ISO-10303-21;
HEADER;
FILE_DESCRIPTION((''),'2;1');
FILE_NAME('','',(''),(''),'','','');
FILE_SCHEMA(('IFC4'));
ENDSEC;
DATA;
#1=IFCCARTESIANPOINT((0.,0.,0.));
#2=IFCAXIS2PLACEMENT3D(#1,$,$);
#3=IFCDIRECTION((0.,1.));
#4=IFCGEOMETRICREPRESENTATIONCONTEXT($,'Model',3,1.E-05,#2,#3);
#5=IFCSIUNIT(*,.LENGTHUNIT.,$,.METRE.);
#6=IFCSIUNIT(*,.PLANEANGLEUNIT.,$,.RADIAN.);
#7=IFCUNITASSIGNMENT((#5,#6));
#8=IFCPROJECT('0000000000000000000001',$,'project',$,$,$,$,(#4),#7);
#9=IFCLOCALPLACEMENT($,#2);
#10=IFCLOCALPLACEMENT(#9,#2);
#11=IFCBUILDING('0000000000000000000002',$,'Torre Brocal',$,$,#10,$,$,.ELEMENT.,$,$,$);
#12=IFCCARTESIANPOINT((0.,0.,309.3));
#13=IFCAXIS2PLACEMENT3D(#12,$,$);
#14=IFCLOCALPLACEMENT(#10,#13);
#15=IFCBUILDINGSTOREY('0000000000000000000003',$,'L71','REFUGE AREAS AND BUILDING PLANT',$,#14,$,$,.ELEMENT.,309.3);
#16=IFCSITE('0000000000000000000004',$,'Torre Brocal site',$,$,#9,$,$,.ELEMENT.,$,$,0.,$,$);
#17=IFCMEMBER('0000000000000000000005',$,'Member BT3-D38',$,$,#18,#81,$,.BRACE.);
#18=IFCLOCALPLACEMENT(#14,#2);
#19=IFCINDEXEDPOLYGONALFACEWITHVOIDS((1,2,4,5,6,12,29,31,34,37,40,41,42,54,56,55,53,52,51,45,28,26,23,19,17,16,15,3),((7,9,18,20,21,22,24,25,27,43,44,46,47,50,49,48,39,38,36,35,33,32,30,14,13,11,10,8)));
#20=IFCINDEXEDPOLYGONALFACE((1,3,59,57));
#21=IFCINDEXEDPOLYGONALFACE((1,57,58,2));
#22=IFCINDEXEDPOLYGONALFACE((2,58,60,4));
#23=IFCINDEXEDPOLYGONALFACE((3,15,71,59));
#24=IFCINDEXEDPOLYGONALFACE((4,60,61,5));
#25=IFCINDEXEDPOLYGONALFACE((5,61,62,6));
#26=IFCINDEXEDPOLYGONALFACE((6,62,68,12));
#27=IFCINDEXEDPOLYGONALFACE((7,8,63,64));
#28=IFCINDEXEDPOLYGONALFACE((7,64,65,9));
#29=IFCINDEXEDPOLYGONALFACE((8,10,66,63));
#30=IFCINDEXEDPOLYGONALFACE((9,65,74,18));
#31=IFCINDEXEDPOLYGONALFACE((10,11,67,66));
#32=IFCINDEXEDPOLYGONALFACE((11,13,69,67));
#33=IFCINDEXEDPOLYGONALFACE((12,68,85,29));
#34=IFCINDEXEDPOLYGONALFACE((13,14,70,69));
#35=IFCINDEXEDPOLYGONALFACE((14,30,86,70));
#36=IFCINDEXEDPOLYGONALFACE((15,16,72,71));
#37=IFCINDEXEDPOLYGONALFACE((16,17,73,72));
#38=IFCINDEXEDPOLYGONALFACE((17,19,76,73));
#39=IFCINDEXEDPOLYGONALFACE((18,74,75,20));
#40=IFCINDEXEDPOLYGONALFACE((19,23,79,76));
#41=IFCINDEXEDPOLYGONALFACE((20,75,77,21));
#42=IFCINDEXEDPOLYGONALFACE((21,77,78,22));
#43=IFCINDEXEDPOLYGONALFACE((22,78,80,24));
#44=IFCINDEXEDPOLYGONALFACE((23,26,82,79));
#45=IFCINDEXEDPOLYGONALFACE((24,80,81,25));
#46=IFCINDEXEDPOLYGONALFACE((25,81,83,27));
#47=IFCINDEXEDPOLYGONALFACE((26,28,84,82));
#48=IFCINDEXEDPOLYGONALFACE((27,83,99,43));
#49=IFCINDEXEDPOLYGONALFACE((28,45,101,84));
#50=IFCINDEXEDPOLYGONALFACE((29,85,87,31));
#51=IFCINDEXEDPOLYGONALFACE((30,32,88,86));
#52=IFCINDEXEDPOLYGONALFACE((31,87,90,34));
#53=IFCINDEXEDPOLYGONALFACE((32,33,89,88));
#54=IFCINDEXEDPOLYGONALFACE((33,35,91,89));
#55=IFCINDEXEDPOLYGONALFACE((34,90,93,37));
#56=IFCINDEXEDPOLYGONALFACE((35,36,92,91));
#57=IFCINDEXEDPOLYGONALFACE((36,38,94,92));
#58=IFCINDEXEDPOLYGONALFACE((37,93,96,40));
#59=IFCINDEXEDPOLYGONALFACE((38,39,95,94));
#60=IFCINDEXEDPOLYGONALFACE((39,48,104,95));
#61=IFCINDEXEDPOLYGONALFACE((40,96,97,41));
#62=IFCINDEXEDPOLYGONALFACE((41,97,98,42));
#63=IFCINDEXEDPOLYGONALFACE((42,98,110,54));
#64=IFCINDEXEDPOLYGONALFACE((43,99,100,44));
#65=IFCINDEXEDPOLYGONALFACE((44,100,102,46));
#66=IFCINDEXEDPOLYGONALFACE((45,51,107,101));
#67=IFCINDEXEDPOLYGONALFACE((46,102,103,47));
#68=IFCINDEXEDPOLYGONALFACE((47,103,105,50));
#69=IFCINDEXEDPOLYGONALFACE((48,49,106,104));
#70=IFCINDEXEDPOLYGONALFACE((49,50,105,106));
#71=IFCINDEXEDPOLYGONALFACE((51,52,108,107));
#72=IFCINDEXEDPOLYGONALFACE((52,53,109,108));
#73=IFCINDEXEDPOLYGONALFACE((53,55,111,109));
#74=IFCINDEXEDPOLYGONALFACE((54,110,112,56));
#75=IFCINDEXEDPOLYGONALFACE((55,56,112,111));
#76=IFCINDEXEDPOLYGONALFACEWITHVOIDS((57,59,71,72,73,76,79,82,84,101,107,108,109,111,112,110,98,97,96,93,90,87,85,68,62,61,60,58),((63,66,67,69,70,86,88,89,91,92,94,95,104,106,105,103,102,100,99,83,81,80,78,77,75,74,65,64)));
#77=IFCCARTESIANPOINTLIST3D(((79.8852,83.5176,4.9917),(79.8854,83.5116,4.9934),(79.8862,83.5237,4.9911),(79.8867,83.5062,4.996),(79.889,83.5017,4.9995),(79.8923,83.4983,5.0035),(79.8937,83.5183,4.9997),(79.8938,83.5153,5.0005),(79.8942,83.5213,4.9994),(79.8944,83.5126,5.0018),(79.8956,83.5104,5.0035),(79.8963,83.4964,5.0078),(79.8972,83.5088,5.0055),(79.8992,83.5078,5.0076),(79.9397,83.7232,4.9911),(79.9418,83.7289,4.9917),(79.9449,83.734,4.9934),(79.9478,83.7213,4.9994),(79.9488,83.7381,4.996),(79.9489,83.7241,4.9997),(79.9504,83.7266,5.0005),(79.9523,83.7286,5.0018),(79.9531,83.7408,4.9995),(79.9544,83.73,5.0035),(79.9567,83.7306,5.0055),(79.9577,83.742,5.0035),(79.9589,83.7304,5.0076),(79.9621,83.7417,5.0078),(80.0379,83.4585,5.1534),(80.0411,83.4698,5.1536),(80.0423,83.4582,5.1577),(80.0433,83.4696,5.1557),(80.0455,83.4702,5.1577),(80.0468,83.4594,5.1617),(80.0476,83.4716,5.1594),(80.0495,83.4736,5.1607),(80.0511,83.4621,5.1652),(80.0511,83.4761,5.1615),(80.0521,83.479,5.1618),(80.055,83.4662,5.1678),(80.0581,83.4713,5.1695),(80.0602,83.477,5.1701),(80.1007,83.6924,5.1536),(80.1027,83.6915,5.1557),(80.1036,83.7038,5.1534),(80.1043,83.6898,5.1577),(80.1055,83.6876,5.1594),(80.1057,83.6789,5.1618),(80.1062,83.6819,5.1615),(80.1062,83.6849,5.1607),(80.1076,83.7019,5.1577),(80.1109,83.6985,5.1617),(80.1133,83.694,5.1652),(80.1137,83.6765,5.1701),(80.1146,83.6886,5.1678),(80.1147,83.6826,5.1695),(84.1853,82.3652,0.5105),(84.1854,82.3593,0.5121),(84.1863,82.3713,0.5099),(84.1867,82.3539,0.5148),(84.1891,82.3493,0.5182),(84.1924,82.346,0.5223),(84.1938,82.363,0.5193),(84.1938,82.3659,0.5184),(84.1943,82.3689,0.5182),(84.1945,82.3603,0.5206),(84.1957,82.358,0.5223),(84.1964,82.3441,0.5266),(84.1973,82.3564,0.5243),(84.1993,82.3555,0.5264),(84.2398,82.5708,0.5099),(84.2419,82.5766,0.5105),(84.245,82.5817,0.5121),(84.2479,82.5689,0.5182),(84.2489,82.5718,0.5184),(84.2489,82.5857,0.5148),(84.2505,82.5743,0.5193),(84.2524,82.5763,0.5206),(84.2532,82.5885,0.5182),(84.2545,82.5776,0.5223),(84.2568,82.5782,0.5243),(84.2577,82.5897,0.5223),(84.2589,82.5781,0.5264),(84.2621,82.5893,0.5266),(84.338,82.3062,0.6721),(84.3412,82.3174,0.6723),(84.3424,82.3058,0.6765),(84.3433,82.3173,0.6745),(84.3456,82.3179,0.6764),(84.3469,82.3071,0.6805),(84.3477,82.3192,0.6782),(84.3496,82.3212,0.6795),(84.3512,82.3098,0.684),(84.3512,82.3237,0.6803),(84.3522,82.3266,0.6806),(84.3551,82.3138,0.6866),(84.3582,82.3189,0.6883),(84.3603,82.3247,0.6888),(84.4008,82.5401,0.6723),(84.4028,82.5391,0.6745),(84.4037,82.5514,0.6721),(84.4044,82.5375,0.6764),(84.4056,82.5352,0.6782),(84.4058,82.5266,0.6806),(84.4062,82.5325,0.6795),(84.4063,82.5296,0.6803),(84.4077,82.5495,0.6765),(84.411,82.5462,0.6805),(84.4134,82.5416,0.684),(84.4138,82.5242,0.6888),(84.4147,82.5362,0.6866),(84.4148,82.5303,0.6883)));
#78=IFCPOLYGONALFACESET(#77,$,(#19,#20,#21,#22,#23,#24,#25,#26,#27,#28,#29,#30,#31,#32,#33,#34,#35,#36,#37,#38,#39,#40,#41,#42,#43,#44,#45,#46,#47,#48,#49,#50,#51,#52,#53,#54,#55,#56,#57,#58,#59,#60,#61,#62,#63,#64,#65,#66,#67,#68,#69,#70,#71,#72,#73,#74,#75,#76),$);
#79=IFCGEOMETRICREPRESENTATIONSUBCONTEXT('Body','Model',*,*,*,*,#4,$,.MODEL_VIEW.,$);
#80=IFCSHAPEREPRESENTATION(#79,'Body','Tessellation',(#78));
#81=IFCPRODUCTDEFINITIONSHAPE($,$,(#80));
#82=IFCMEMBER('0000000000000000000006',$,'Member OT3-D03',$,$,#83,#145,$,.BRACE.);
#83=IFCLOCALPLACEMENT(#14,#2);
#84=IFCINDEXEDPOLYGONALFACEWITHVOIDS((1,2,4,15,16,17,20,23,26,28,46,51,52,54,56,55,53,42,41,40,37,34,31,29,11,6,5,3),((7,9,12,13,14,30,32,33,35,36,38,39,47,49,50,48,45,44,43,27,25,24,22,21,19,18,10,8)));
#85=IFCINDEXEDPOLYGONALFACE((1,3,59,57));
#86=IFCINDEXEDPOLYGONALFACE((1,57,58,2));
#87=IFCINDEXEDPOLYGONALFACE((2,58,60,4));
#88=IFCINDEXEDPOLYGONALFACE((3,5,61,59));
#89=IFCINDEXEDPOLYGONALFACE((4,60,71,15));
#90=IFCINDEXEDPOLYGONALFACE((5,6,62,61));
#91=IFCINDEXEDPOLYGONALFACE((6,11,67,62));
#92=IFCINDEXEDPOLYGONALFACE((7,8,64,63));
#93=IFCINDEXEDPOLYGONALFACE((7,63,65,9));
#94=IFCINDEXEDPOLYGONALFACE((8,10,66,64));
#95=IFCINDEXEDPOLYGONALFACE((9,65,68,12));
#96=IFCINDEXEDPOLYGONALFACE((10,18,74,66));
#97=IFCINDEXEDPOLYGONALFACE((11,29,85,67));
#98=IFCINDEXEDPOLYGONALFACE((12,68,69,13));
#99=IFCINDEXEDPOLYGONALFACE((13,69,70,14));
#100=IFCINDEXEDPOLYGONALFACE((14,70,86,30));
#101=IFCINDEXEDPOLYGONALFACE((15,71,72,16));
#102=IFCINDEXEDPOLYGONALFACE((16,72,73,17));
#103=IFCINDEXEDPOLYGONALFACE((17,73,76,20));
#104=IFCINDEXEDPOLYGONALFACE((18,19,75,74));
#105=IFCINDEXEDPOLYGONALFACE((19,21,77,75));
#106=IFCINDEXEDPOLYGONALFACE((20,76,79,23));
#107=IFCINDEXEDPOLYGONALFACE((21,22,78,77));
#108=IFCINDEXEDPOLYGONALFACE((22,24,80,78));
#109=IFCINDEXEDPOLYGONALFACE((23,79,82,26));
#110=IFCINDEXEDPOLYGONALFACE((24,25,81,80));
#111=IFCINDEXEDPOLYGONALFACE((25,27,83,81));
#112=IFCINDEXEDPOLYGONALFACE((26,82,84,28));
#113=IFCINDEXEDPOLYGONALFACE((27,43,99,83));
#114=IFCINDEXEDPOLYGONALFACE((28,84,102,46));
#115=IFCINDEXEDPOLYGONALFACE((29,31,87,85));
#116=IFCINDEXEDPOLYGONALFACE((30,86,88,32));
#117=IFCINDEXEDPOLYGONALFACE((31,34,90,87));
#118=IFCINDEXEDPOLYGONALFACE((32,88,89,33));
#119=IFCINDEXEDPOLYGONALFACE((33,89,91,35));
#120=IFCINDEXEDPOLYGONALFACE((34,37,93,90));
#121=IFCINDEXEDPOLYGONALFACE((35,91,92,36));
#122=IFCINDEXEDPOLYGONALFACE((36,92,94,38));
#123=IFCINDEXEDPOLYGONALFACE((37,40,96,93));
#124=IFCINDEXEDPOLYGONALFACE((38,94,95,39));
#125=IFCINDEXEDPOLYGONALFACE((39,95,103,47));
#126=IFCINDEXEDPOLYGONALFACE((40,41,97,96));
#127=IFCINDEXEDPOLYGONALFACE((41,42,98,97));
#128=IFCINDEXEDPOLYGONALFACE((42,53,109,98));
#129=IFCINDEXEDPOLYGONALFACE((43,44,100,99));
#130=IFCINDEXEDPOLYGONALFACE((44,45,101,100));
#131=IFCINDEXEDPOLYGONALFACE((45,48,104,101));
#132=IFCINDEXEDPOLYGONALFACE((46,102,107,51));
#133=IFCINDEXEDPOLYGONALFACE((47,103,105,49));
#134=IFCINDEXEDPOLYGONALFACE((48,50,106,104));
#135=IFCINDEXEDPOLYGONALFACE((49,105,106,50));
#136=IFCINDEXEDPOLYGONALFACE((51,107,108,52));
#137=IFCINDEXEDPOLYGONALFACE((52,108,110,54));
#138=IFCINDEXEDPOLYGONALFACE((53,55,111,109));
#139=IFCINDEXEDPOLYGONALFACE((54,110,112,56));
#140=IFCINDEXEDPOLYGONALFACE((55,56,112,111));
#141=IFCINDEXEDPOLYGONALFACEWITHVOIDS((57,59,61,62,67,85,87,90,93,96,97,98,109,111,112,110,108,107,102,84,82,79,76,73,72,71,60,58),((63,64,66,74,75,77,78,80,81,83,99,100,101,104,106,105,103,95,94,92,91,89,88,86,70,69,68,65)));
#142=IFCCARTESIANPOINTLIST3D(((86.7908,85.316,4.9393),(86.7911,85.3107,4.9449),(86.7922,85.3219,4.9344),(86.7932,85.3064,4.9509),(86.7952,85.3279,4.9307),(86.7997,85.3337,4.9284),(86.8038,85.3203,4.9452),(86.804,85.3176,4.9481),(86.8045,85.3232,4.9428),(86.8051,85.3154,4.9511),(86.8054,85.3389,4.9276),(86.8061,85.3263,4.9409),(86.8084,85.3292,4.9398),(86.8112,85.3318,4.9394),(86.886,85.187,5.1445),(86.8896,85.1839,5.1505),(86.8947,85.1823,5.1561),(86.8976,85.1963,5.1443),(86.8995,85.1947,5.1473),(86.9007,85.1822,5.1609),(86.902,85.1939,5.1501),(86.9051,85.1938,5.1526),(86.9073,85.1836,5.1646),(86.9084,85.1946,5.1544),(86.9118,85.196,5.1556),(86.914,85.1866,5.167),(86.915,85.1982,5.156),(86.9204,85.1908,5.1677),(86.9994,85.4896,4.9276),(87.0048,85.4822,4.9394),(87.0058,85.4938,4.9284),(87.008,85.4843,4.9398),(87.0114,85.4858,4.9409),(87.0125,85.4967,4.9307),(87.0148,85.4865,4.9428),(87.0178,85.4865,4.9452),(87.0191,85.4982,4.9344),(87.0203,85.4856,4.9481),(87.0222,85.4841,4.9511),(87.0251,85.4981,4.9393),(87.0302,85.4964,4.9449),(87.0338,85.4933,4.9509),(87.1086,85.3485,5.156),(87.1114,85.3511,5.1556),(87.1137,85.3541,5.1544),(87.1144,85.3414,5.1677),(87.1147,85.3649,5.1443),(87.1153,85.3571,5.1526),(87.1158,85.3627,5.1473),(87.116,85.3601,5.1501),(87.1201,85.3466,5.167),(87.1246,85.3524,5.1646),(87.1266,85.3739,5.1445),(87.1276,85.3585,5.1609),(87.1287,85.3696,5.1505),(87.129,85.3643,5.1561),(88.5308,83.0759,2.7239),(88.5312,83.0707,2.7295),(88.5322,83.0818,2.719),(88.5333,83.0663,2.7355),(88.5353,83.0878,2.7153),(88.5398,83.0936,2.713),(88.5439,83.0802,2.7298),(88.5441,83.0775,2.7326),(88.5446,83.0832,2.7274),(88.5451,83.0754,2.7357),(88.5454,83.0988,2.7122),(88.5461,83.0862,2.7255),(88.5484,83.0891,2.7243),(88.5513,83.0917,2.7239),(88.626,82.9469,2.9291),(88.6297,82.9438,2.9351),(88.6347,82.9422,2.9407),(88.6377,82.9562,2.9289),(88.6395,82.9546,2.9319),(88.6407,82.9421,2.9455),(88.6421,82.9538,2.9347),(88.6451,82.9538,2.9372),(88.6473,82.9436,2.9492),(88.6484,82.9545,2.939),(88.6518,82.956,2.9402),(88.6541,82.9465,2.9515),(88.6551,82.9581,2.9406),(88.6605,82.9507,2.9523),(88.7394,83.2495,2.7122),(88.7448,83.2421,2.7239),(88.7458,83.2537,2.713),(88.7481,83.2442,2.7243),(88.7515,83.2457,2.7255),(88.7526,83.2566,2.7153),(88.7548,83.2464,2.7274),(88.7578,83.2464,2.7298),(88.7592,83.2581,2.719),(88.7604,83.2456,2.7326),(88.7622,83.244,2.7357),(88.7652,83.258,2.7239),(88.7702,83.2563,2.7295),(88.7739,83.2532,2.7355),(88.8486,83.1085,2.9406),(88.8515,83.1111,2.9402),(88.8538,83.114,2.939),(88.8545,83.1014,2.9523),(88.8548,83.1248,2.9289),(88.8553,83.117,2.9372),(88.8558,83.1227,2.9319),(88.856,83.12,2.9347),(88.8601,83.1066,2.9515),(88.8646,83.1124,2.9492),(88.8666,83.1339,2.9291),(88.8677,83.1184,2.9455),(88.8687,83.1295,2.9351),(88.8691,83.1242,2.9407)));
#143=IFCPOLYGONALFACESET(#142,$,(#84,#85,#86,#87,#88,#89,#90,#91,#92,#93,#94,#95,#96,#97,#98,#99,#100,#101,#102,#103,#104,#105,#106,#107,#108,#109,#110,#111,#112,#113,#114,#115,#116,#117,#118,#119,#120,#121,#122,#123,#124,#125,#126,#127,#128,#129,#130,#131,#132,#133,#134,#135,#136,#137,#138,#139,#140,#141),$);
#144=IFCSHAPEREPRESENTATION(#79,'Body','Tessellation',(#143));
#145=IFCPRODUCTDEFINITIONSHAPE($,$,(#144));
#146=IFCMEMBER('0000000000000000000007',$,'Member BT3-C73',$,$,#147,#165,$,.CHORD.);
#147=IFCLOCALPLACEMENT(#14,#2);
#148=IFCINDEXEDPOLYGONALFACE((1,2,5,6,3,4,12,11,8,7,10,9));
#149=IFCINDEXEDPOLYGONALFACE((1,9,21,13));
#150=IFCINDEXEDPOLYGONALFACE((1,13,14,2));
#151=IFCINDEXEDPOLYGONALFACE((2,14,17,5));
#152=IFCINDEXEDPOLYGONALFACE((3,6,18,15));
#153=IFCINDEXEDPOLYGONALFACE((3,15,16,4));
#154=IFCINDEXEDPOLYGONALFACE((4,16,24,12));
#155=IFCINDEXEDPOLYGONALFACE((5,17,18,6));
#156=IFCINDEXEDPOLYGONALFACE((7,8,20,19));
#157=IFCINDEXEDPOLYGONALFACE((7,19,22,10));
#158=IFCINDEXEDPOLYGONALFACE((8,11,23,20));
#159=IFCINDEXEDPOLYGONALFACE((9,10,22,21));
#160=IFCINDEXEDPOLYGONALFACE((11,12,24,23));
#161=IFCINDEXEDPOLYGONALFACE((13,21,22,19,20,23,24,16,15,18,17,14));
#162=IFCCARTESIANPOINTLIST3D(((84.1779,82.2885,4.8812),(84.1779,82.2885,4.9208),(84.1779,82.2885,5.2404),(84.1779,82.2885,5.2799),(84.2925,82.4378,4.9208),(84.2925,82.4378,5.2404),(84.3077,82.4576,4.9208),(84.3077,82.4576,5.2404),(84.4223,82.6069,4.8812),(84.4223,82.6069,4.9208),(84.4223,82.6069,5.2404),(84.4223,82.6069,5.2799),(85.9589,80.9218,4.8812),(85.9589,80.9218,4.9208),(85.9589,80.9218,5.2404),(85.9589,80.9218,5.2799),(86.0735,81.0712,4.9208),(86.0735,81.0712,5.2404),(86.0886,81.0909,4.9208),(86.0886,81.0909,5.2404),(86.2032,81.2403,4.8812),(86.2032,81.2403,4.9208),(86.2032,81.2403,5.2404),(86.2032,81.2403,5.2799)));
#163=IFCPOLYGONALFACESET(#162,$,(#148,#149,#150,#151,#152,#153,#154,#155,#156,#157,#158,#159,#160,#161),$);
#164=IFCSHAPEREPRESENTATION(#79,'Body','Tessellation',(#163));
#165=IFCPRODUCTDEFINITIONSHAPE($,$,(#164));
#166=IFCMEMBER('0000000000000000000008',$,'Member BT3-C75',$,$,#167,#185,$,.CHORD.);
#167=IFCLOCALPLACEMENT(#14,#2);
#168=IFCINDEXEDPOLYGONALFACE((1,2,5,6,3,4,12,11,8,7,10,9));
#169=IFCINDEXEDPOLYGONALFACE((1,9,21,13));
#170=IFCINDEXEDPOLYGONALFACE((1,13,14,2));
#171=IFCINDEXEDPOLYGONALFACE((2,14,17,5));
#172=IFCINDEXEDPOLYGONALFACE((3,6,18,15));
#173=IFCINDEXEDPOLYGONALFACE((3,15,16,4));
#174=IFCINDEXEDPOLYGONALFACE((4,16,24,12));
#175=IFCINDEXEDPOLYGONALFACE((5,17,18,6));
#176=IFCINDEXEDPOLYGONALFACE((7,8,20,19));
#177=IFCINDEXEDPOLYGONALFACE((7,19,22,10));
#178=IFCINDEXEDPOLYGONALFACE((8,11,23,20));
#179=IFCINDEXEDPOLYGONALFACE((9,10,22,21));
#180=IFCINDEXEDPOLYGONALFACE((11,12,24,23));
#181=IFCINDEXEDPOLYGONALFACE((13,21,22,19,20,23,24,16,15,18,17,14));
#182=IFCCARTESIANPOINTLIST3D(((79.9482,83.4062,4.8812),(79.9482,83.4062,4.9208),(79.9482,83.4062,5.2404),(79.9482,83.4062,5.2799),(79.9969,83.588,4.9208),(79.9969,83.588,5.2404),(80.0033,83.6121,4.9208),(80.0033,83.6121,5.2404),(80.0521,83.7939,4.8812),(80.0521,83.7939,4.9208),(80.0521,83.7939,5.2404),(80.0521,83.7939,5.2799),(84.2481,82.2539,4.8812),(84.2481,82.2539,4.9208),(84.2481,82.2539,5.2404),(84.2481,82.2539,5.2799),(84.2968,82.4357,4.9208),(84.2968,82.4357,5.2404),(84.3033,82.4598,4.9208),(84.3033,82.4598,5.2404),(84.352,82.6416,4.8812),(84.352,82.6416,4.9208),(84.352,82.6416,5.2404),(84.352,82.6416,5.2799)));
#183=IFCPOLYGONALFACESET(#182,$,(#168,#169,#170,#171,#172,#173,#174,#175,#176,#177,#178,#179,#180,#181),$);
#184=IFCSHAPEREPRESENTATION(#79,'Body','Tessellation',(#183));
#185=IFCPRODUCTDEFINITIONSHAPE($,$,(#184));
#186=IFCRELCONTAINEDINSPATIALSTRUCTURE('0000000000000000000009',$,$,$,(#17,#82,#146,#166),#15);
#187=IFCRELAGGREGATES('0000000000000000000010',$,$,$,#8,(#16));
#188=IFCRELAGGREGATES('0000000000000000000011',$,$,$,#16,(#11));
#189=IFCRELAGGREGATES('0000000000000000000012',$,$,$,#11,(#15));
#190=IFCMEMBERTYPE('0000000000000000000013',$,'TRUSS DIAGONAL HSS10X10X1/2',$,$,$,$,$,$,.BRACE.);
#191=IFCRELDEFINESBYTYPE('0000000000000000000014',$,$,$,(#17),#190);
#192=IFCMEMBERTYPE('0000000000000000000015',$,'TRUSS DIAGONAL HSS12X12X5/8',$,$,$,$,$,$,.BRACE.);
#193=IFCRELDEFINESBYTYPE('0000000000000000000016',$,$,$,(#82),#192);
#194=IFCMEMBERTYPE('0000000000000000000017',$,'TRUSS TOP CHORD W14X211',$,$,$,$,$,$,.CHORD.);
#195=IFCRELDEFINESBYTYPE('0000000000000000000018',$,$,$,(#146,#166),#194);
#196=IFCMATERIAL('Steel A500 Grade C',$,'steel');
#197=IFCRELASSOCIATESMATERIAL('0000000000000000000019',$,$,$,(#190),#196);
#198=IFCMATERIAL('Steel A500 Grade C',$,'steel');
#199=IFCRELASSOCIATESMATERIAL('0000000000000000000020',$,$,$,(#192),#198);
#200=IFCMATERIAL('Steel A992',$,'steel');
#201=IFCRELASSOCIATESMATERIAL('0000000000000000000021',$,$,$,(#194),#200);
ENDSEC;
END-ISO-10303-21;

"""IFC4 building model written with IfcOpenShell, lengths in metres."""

from ifc_helpers import new_model, si_unit, direction, frame, origin, origin_2d, place, context, subcontext, project, spatial, hollow_rectangle, i_section, extrude, material, material_profile, profile_set, type_object, element, save


model = new_model("IFC4")

# Units and contexts
model_context = context("Model", 3, precision=1e-05, world=origin(), true_north=direction((0.0, 1.0)))
body_context = subcontext(model_context, "Body", "Model", "MODEL_VIEW")
ifc_project = project(units=[si_unit("LENGTHUNIT", "METRE"), si_unit("PLANEANGLEUNIT", "RADIAN")], contexts=[model_context])

# Site, building, storey
site_placement = place(None, origin())
site = spatial("IfcSite", under=ifc_project, at=site_placement, Name="Torre Brocal site", CompositionType="ELEMENT", RefElevation=0.0)
building_placement = place(site_placement, origin())
building = spatial("IfcBuilding", under=site, at=building_placement, Name="Torre Brocal", CompositionType="ELEMENT")
storey_placement = place(building_placement, frame((0.0, 0.0, 309.3)))
storey = spatial("IfcBuildingStorey", under=building, at=storey_placement, Name="L71", Description="REFUGE AREAS AND BUILDING PLANT", CompositionType="ELEMENT", Elevation=309.3)

# Members
ifc_material_1 = material(Name="Steel A500 Grade C", Category="steel")
ifc_material_profile_1 = material_profile(ifc_material_1, hollow_rectangle(XDim=0.2539, YDim=0.2539, WallThickness=0.0117, InnerFilletRadius=0.0117, OuterFilletRadius=0.0237, at=origin_2d()), Name="HSS10X10X1/2")
ifc_profile_set_1 = profile_set([ifc_material_profile_1], Name="Steel A500 Grade C")
member_type_1 = type_object("IfcMemberType", Name="TRUSS DIAGONAL HSS10X10X1/2", PredefinedType="BRACE", material=ifc_profile_set_1)
member_1_placement = place(storey_placement, frame((84.3, 82.4478, 0.5994), z_axis=(-0.680753, 0.182431, 0.709432), x_axis=(-0.25885, -0.965917, 0.0)))
element("IfcMember", 1, at=member_1_placement, inside=storey, type_object=member_type_1, Name="Member BT3-D38", PredefinedType="BRACE", context=body_context, shape_type="SweptSolid", body=[
    extrude(hollow_rectangle(XDim=0.2539, YDim=0.2539, WallThickness=0.0117, InnerFilletRadius=0.0117, OuterFilletRadius=0.0237, at=origin_2d()), origin(), (0.0, 0.0, 1.0), 6.3167),
])
ifc_material_2 = material(Name="Steel A500 Grade C", Category="steel")
ifc_material_profile_2 = material_profile(ifc_material_2, hollow_rectangle(XDim=0.3047, YDim=0.3047, WallThickness=0.0149, InnerFilletRadius=0.0149, OuterFilletRadius=0.0295, at=origin_2d()), Name="HSS12X12X5/8")
ifc_profile_set_2 = profile_set([ifc_material_profile_2], Name="Steel A500 Grade C")
member_type_2 = type_object("IfcMemberType", Name="TRUSS DIAGONAL HSS12X12X5/8", PredefinedType="BRACE", material=ifc_profile_set_2)
member_2_placement = place(storey_placement, frame((88.7, 83.1001, 2.8323), z_axis=(-0.483465, 0.622392, 0.615541), x_axis=(-0.789732, -0.613452, 0.0)))
element("IfcMember", 2, at=member_2_placement, inside=storey, type_object=member_type_2, Name="Member OT3-D03", PredefinedType="BRACE", context=body_context, shape_type="SweptSolid", body=[
    extrude(hollow_rectangle(XDim=0.3047, YDim=0.3047, WallThickness=0.0149, InnerFilletRadius=0.0149, OuterFilletRadius=0.0295, at=origin_2d()), origin(), (0.0, 0.0, 1.0), 3.5991),
])
ifc_material_3 = material(Name="Steel A992", Category="steel")
ifc_material_profile_3 = material_profile(ifc_material_3, i_section(OverallWidth=0.4014, OverallDepth=0.3987, WebThickness=0.0249, FlangeThickness=0.0396, at=origin_2d()), Name="W14X211")
ifc_profile_set_3 = profile_set([ifc_material_profile_3], Name="Steel A992")
member_type_3 = type_object("IfcMemberType", Name="TRUSS TOP CHORD W14X211", PredefinedType="CHORD", material=ifc_profile_set_3)
member_3_placement = place(storey_placement, frame((86.0811, 81.0811, 5.0806), z_axis=(-0.793335, 0.608785, 0.0), x_axis=(-0.608785, -0.793335, 0.0)))
element("IfcMember", 3, at=member_3_placement, inside=storey, type_object=member_type_3, Name="Member BT3-C73", PredefinedType="CHORD", context=body_context, shape_type="SweptSolid", body=[
    extrude(i_section(OverallWidth=0.4014, OverallDepth=0.3987, WebThickness=0.0249, FlangeThickness=0.0396, at=origin_2d()), origin(), (0.0, 0.0, 1.0), 2.2449),
])
member_4_placement = place(storey_placement, frame((84.3, 82.4478, 5.0806), z_axis=(-0.965917, 0.25885, 0.0), x_axis=(-0.25885, -0.965917, 0.0)))
element("IfcMember", 4, at=member_4_placement, inside=storey, type_object=member_type_3, Name="Member BT3-C75", PredefinedType="CHORD", context=body_context, shape_type="SweptSolid", body=[
    extrude(i_section(OverallWidth=0.4014, OverallDepth=0.3987, WebThickness=0.0249, FlangeThickness=0.0396, at=origin_2d()), origin(), (0.0, 0.0, 1.0), 4.4517),
])

save(model, "model.ifc")
